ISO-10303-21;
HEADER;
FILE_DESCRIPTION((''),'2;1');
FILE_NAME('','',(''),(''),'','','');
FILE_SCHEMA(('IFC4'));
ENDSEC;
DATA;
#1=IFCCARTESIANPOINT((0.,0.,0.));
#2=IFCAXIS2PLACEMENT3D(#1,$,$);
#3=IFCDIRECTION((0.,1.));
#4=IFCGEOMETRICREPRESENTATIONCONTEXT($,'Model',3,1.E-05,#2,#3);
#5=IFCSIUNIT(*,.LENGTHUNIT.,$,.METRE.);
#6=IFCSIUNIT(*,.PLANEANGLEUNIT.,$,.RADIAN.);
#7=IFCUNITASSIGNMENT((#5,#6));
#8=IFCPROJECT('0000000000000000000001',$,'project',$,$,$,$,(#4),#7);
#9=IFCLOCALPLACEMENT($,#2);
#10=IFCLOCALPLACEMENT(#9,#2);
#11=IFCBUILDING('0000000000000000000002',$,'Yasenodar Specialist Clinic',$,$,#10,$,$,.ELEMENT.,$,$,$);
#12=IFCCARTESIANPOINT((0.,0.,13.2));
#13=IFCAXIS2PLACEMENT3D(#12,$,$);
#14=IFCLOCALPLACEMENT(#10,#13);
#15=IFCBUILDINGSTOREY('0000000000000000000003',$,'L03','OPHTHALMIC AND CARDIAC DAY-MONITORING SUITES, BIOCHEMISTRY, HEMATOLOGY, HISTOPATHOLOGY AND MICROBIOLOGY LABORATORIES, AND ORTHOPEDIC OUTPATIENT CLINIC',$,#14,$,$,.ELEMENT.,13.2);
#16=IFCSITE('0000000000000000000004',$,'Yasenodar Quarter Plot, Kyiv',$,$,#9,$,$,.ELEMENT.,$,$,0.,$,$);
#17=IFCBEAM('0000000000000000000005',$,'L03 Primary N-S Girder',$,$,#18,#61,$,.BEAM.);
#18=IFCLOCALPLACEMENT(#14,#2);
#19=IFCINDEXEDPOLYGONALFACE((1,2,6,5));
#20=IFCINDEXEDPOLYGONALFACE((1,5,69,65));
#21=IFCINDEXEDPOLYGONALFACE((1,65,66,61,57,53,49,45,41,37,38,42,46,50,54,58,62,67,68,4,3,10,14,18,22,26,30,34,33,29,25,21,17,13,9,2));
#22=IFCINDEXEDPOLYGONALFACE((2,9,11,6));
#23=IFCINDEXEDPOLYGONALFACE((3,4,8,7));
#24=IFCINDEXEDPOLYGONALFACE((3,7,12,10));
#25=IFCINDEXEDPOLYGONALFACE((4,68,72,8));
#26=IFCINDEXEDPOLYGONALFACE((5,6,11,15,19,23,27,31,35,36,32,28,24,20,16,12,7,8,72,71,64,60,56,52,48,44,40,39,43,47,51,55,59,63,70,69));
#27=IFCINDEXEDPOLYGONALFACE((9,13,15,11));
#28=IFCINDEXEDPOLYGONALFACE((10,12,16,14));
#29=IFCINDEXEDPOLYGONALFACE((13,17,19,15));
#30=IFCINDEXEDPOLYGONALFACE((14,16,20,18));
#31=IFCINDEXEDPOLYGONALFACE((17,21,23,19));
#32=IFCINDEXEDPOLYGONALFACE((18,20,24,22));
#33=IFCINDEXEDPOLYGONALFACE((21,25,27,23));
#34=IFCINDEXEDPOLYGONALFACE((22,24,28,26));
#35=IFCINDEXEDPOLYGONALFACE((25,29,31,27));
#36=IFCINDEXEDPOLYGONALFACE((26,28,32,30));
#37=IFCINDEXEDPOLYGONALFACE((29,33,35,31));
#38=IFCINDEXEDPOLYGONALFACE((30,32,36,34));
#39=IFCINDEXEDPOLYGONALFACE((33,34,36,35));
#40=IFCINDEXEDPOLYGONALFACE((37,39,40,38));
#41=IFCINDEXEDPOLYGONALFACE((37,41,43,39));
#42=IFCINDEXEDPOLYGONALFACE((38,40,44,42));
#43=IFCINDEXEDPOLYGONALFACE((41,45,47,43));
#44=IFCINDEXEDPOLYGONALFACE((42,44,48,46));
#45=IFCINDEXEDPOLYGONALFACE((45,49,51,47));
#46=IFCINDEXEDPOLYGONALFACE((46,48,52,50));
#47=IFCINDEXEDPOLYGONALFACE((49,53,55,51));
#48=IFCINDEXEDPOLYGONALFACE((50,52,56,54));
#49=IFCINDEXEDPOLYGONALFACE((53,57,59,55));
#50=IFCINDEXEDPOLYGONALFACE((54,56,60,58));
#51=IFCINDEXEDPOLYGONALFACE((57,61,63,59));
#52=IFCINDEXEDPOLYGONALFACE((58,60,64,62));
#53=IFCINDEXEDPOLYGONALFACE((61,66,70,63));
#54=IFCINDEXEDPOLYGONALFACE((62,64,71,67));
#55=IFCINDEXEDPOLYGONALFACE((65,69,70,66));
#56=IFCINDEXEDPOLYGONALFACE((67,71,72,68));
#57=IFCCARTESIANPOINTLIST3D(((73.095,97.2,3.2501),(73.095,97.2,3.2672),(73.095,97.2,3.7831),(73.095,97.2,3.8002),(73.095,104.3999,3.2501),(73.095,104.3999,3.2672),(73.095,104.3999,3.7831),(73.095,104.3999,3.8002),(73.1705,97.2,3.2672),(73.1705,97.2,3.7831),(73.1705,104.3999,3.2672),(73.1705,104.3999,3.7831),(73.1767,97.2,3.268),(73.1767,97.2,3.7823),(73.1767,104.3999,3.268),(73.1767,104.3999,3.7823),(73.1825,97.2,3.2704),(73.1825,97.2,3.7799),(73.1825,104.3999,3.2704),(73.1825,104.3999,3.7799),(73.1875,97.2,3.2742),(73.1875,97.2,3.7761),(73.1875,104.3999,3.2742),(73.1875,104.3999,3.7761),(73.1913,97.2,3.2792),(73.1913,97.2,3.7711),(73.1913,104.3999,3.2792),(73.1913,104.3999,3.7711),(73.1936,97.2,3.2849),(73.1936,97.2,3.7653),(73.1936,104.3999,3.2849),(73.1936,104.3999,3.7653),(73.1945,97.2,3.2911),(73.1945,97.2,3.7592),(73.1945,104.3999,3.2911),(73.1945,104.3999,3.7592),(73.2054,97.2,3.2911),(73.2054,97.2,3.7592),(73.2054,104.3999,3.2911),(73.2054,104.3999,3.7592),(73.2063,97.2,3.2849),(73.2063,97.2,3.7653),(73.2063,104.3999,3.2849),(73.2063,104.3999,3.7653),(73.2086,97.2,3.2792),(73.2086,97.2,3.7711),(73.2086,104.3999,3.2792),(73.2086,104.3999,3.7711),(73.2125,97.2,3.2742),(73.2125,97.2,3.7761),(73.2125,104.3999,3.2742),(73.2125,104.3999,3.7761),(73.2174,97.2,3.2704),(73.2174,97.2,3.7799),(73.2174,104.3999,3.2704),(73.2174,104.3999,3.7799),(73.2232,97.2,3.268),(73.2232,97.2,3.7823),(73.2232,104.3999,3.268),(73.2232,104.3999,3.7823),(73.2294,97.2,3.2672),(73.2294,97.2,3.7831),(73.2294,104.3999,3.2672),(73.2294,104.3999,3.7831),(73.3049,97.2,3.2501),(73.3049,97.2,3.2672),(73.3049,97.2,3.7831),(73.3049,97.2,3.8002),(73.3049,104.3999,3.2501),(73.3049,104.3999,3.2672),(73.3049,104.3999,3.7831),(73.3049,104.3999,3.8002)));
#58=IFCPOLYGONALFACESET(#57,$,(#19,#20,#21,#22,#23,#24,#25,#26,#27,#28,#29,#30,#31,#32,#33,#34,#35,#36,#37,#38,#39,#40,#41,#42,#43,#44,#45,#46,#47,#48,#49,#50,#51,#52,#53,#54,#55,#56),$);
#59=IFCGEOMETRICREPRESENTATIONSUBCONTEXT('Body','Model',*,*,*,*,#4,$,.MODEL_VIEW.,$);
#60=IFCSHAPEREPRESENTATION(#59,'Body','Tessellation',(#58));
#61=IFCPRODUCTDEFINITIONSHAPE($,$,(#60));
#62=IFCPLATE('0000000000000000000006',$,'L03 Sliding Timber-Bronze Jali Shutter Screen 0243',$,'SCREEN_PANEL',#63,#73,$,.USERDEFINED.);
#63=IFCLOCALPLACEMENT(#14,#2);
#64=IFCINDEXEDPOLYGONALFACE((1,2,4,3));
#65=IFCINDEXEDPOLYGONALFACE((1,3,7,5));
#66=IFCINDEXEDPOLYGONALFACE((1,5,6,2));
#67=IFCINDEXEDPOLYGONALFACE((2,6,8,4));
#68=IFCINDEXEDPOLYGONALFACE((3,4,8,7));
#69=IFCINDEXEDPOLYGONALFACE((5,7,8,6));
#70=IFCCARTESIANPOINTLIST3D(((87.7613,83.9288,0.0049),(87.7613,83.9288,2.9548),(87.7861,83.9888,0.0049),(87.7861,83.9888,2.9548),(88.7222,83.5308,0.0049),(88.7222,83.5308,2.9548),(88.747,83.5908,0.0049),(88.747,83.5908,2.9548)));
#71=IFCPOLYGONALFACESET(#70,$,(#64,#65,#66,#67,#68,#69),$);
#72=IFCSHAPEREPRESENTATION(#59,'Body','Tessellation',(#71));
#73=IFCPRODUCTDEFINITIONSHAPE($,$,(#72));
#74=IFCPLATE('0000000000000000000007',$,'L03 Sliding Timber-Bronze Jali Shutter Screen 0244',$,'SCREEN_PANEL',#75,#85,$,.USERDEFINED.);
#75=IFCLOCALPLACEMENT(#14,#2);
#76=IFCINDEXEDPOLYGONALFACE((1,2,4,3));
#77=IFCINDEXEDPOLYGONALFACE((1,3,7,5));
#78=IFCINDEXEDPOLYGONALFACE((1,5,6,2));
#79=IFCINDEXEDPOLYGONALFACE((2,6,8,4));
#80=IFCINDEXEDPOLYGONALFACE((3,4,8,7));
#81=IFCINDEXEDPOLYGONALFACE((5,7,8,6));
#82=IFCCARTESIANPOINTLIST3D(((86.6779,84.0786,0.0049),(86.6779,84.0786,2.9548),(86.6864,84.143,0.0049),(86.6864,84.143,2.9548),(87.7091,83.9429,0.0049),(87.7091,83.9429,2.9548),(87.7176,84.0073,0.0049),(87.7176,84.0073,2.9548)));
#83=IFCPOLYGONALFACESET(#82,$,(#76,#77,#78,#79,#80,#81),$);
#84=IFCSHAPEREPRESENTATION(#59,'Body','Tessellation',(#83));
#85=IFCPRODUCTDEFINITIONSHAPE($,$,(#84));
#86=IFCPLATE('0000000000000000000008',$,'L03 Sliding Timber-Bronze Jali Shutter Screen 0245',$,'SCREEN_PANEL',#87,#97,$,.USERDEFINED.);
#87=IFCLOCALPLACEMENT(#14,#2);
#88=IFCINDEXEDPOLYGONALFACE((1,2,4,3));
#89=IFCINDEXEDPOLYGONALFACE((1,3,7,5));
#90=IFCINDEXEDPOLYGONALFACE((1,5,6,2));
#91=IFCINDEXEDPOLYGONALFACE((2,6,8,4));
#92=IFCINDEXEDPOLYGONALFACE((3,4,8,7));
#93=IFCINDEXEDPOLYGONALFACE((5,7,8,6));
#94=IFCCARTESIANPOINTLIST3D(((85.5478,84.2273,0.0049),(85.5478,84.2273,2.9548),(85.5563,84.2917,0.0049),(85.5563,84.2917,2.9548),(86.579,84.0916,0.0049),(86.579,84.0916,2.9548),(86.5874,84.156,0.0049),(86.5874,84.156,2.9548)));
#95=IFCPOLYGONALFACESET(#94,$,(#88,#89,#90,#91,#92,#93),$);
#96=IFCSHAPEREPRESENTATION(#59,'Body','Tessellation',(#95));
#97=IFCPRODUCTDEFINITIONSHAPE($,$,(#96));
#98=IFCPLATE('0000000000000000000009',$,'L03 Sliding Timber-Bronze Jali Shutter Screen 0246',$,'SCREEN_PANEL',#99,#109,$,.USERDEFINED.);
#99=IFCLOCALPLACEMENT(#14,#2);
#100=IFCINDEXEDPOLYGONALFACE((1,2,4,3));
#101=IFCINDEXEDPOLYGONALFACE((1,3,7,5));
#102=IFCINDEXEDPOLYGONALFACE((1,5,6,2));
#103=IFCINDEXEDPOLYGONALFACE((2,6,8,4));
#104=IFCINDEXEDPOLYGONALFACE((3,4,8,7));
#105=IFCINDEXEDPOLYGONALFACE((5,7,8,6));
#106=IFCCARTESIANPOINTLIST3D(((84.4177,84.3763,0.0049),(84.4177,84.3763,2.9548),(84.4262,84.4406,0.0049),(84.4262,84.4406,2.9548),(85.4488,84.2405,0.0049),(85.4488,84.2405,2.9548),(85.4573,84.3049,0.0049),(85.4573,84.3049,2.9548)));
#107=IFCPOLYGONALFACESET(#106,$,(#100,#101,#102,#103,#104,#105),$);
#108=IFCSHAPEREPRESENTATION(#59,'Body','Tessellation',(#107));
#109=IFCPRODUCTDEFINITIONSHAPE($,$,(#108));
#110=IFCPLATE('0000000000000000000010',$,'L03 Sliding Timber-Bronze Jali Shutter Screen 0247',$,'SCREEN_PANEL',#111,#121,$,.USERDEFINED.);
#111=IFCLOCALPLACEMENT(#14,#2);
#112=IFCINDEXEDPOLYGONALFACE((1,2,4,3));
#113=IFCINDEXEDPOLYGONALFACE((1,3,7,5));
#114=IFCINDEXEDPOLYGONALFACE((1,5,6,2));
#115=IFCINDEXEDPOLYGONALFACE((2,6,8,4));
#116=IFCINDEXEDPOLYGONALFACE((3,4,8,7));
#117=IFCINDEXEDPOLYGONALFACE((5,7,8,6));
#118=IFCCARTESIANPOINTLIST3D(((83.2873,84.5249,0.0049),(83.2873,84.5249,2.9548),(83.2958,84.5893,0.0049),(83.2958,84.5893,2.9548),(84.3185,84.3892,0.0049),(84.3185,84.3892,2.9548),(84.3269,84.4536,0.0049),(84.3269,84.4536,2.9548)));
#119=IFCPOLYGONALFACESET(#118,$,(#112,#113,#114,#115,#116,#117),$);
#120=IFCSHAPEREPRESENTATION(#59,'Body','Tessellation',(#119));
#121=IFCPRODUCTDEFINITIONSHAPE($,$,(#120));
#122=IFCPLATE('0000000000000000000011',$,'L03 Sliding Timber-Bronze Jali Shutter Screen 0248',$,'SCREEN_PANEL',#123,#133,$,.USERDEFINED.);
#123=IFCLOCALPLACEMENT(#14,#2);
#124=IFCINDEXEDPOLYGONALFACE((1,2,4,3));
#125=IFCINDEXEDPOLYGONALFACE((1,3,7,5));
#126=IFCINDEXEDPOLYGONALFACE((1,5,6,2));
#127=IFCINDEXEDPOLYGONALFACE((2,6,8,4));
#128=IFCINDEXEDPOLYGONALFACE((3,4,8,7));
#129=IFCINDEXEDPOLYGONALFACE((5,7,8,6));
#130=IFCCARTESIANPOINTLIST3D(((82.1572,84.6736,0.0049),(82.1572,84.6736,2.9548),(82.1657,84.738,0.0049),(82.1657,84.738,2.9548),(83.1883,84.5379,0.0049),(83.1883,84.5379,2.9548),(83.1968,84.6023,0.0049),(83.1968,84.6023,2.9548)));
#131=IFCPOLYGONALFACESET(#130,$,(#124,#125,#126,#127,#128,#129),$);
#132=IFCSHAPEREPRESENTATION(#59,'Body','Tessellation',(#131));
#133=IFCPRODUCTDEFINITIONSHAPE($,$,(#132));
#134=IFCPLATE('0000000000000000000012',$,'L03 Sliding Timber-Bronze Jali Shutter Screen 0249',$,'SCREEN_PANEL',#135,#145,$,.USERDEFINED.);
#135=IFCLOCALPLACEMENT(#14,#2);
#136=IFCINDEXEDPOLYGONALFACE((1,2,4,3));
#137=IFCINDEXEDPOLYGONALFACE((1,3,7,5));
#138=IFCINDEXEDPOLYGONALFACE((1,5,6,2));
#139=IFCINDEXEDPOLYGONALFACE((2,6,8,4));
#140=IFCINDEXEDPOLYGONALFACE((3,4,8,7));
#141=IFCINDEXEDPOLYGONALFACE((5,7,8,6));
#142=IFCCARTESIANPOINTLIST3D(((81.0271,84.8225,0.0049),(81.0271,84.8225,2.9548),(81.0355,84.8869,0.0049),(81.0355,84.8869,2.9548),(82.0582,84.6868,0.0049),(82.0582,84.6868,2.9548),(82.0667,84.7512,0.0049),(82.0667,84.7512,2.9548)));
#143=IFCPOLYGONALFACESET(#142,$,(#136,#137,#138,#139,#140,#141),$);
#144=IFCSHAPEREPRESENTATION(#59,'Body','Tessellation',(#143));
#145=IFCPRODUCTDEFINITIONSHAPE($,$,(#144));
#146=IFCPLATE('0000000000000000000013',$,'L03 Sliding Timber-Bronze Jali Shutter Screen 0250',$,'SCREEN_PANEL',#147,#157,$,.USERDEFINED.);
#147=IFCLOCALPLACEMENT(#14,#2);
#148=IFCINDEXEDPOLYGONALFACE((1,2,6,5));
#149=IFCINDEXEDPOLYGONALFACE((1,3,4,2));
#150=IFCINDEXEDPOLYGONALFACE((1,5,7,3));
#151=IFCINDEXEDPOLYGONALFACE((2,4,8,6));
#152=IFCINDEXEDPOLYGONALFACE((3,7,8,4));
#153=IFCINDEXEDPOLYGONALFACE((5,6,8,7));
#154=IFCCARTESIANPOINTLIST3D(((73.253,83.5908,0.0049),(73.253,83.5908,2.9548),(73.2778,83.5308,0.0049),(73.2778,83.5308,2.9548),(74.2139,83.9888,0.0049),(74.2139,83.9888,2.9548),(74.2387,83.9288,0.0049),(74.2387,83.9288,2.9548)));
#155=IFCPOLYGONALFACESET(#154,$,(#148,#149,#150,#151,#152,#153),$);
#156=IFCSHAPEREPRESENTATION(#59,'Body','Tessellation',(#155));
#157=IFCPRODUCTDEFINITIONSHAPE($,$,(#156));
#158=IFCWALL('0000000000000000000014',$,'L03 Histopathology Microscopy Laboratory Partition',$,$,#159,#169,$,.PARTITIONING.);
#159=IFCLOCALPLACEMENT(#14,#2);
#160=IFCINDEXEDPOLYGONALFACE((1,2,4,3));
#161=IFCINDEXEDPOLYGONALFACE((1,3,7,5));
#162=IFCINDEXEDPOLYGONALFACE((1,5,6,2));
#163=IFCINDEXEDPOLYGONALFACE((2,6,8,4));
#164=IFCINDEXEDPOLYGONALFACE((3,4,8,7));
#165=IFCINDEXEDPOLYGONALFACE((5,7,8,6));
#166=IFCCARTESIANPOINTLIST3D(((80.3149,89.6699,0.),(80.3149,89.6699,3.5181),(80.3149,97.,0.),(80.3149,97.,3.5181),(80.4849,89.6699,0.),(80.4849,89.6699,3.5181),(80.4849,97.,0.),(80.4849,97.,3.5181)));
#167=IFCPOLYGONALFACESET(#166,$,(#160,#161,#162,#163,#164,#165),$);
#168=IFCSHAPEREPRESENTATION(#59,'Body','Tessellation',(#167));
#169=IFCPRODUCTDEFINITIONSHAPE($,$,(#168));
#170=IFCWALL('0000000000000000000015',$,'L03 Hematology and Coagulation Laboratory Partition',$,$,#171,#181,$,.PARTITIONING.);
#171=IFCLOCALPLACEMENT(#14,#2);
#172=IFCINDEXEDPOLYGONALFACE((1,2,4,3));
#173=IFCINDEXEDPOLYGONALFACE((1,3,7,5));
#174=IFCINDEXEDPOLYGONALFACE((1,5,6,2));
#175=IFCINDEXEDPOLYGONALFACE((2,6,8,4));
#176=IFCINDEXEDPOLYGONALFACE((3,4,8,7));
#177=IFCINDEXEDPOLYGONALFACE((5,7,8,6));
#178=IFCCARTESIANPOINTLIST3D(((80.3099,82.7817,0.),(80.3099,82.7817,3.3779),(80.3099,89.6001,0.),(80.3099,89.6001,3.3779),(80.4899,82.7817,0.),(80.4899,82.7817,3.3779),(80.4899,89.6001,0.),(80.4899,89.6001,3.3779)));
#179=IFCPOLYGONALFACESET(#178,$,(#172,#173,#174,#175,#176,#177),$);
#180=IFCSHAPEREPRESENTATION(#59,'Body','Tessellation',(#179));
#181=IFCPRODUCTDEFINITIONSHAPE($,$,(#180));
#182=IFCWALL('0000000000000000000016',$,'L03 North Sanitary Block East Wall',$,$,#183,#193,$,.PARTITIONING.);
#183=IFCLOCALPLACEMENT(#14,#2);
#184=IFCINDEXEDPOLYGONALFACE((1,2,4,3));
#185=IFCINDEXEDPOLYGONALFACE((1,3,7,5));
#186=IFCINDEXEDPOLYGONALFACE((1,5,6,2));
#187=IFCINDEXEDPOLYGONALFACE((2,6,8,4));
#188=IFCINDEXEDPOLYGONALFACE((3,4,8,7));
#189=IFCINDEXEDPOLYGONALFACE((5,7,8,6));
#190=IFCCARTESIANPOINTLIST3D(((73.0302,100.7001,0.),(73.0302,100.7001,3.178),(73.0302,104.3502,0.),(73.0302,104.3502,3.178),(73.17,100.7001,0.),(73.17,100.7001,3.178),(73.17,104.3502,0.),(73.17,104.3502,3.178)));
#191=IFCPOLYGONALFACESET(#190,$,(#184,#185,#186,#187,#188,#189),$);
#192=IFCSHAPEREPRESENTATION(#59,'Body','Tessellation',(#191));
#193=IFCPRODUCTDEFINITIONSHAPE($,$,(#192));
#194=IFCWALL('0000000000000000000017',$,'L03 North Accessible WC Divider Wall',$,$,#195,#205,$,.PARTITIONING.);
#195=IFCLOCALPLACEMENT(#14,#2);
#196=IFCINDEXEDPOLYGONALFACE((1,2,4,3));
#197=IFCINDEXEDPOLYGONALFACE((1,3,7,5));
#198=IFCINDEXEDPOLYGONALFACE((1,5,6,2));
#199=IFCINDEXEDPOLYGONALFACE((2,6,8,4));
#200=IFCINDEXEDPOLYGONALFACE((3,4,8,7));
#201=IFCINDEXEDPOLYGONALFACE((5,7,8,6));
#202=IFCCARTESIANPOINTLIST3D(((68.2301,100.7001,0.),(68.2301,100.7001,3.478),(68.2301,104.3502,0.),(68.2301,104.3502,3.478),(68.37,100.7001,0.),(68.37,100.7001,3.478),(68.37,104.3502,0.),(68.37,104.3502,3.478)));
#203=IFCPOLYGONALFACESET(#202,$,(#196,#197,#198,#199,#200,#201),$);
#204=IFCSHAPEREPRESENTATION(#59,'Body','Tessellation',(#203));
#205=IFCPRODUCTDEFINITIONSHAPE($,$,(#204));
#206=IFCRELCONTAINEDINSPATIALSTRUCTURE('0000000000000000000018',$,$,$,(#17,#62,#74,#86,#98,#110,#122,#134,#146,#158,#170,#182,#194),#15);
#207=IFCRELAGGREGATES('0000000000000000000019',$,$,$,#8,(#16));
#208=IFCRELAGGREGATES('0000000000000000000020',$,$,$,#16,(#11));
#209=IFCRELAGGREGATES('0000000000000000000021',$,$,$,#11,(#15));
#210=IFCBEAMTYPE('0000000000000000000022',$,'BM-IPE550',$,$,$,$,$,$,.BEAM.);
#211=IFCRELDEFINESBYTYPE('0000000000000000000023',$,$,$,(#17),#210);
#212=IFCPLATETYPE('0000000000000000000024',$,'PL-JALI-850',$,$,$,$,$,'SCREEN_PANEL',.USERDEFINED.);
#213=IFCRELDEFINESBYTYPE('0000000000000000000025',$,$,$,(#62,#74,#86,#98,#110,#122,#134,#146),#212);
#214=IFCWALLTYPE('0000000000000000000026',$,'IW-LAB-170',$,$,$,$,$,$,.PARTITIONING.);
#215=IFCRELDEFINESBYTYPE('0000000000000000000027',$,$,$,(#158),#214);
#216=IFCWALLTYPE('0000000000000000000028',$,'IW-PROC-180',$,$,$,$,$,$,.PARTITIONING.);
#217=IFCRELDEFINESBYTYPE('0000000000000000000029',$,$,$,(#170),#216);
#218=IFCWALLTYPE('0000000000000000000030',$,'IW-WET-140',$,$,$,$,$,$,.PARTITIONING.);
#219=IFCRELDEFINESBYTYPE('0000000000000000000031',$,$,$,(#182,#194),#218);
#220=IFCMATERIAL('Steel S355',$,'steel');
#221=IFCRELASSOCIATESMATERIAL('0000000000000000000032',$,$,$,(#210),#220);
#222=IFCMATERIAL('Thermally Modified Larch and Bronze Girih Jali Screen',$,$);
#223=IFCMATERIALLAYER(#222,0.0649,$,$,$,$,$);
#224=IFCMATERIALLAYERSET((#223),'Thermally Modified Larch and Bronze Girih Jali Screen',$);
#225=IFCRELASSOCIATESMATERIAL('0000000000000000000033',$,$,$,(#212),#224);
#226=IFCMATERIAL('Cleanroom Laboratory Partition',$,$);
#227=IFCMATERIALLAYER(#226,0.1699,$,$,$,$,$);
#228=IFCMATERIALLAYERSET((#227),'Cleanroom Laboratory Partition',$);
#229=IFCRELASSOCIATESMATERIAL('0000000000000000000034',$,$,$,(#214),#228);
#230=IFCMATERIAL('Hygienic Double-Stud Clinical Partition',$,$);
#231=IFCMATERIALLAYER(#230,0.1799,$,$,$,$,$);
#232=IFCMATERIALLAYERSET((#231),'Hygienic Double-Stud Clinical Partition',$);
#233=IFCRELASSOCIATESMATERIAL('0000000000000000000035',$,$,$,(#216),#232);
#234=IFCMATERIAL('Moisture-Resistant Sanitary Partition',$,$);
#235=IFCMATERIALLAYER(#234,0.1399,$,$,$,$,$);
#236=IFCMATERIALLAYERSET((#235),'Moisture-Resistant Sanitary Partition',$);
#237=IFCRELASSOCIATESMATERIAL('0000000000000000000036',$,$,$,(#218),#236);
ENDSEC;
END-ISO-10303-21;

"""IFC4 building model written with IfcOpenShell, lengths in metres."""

from ifc_helpers import new_model, si_unit, direction, frame, frame_2d, origin, origin_2d, place, context, subcontext, project, spatial, rectangle, i_section, extrude, material, layer, layer_set, material_profile, profile_set, type_object, element, save


model = new_model("IFC4")

# Units and contexts
model_context = context("Model", 3, precision=1e-05, world=origin(), true_north=direction((0.0, 1.0)))
body_context = subcontext(model_context, "Body", "Model", "MODEL_VIEW")
ifc_project = project(units=[si_unit("LENGTHUNIT", "METRE"), si_unit("PLANEANGLEUNIT", "RADIAN")], contexts=[model_context])

# Site, building, storey
site_placement = place(None, origin())
site = spatial("IfcSite", under=ifc_project, at=site_placement, Name="Yasenodar Quarter Plot, Kyiv", CompositionType="ELEMENT", RefElevation=0.0)
building_placement = place(site_placement, origin())
building = spatial("IfcBuilding", under=site, at=building_placement, Name="Yasenodar Specialist Clinic", CompositionType="ELEMENT")
storey_placement = place(building_placement, frame((0.0, 0.0, 13.2)))
storey = spatial("IfcBuildingStorey", under=building, at=storey_placement, Name="L03", Description="OPHTHALMIC AND CARDIAC DAY-MONITORING SUITES, BIOCHEMISTRY, HEMATOLOGY, HISTOPATHOLOGY AND MICROBIOLOGY LABORATORIES, AND ORTHOPEDIC OUTPATIENT CLINIC", CompositionType="ELEMENT", Elevation=13.2)

# Shared definitions
ifc_material_1 = material(Name="Steel S355", Category="steel")

# Beam
ifc_material_profile_1 = material_profile(ifc_material_1, i_section(OverallWidth=0.21, OverallDepth=0.55, WebThickness=0.011, FlangeThickness=0.0171, FilletRadius=0.0239, at=origin_2d()), Name="IPE 550")
ifc_profile_set_1 = profile_set([ifc_material_profile_1], Name="Steel S355")
beam_type_1 = type_object("IfcBeamType", Name="BM-IPE550", PredefinedType="BEAM", material=ifc_profile_set_1)
beam_1_placement = place(storey_placement, frame((73.2, 97.2, 3.5251), z_axis=(0.0, 1.0, 0.0), x_axis=(-1.0, 0.0, 0.0)))
element("IfcBeam", 1, at=beam_1_placement, inside=storey, type_object=beam_type_1, Name="L03 Primary N-S Girder", PredefinedType="BEAM", context=body_context, shape_type="SweptSolid", body=[
    extrude(i_section(OverallWidth=0.21, OverallDepth=0.55, WebThickness=0.011, FlangeThickness=0.0171, FilletRadius=0.0239, at=origin_2d()), origin(), (0.0, 0.0, 1.0), 7.2),
])

# Plates
ifc_material_2 = material(Name="Thermally Modified Larch and Bronze Girih Jali Screen")
ifc_layer_1 = layer(ifc_material_2, 0.0649)
ifc_layer_set_1 = layer_set([ifc_layer_1], Name="Thermally Modified Larch and Bronze Girih Jali Screen")
plate_type = type_object("IfcPlateType", Name="PL-JALI-850", ElementType="SCREEN_PANEL", PredefinedType="USERDEFINED", material=ifc_layer_set_1)
for number, where, z_axis, x_axis, name in (
    (2, (88.2542, 83.7598, 0.0049), (0.0, 0.0, 1.0), (-0.923878, 0.382687, 0.0), "L03 Sliding Timber-Bronze Jali Shutter Screen 0243"),
    (3, (87.1978, 84.043, 0.0049), (0.0, 0.0, 1.0), (-0.991446, 0.130519, 0.0), "L03 Sliding Timber-Bronze Jali Shutter Screen 0244"),
    (4, (86.0676, 84.1917, 0.0049), (0.0, 0.0, 1.0), (-0.991446, 0.130519, 0.0), "L03 Sliding Timber-Bronze Jali Shutter Screen 0245"),
    (5, (84.9375, 84.3406, 0.0049), (0.0, 0.0, 1.0), (-0.991446, 0.130519, 0.0), "L03 Sliding Timber-Bronze Jali Shutter Screen 0246"),
    (6, (83.8071, 84.4893, 0.0049), (0.0, 0.0, 1.0), (-0.991446, 0.130519, 0.0), "L03 Sliding Timber-Bronze Jali Shutter Screen 0247"),
    (7, (82.677, 84.6379, 0.0049), (0.0, 0.0, 1.0), (-0.991446, 0.130519, 0.0), "L03 Sliding Timber-Bronze Jali Shutter Screen 0248"),
    (8, (81.5469, 84.7869, 0.0049), (0.0, 0.0, 1.0), (-0.991446, 0.130519, 0.0), "L03 Sliding Timber-Bronze Jali Shutter Screen 0249"),
    (9, (73.7458, 83.7598, 0.0049), (0.0, 0.0, 1.0), (-0.923878, -0.382687, 0.0), "L03 Sliding Timber-Bronze Jali Shutter Screen 0250"),
):
    element("IfcPlate", number, at=place(storey_placement, frame(where, z_axis=z_axis, x_axis=x_axis)), inside=storey, type_object=plate_type, Name=name, ObjectType="SCREEN_PANEL", PredefinedType="USERDEFINED", context=body_context, shape_type="SweptSolid", body=[
        extrude(rectangle(XDim=1.04, YDim=0.0649, at=origin_2d()), origin(), (0.0, 0.0, 1.0), 2.95),
    ])

# Walls
ifc_material_3 = material(Name="Cleanroom Laboratory Partition")
ifc_layer_2 = layer(ifc_material_3, 0.1699)
ifc_layer_set_2 = layer_set([ifc_layer_2], Name="Cleanroom Laboratory Partition")
wall_type_1 = type_object("IfcWallType", Name="IW-LAB-170", PredefinedType="PARTITIONING", material=ifc_layer_set_2)
wall_1_placement = place(storey_placement, frame((80.3999, 97.0, 0.0), z_axis=(0.0, 0.0, 1.0), x_axis=(0.0, -1.0, 0.0)))
element("IfcWall", 10, at=wall_1_placement, inside=storey, type_object=wall_type_1, Name="L03 Histopathology Microscopy Laboratory Partition", PredefinedType="PARTITIONING", context=body_context, shape_type="SweptSolid", body=[
    extrude(rectangle(XDim=7.3301, YDim=0.1699, at=frame_2d((3.665, 0.0))), origin(), (0.0, 0.0, 1.0), 3.5181),
])
ifc_material_4 = material(Name="Hygienic Double-Stud Clinical Partition")
ifc_layer_3 = layer(ifc_material_4, 0.1799)
ifc_layer_set_3 = layer_set([ifc_layer_3], Name="Hygienic Double-Stud Clinical Partition")
wall_type_2 = type_object("IfcWallType", Name="IW-PROC-180", PredefinedType="PARTITIONING", material=ifc_layer_set_3)
wall_2_placement = place(storey_placement, frame((80.3999, 89.6001, 0.0), z_axis=(0.0, 0.0, 1.0), x_axis=(0.0, -1.0, 0.0)))
element("IfcWall", 11, at=wall_2_placement, inside=storey, type_object=wall_type_2, Name="L03 Hematology and Coagulation Laboratory Partition", PredefinedType="PARTITIONING", context=body_context, shape_type="SweptSolid", body=[
    extrude(rectangle(XDim=6.8184, YDim=0.1799, at=frame_2d((3.4092, 0.0))), origin(), (0.0, 0.0, 1.0), 3.3779),
])
ifc_material_5 = material(Name="Moisture-Resistant Sanitary Partition")
ifc_layer_4 = layer(ifc_material_5, 0.1399)
ifc_layer_set_4 = layer_set([ifc_layer_4], Name="Moisture-Resistant Sanitary Partition")
wall_type_3 = type_object("IfcWallType", Name="IW-WET-140", PredefinedType="PARTITIONING", material=ifc_layer_set_4)
wall_3_placement = place(storey_placement, frame((73.1001, 100.7, 0.0), z_axis=(0.0, 0.0, 1.0), x_axis=(0.0, 1.0, 0.0)))
element("IfcWall", 12, at=wall_3_placement, inside=storey, type_object=wall_type_3, Name="L03 North Sanitary Block East Wall", PredefinedType="PARTITIONING", context=body_context, shape_type="SweptSolid", body=[
    extrude(rectangle(XDim=3.6501, YDim=0.1399, at=frame_2d((1.8252, 0.0))), origin(), (0.0, 0.0, 1.0), 3.178),
])
for number, where, z_axis, x_axis, name in (
    (13, (68.3, 100.7, 0.0), (0.0, 0.0, 1.0), (0.0, 1.0, 0.0), "L03 North Accessible WC Divider Wall"),
):
    element("IfcWall", number, at=place(storey_placement, frame(where, z_axis=z_axis, x_axis=x_axis)), inside=storey, type_object=wall_type_3, Name=name, PredefinedType="PARTITIONING", context=body_context, shape_type="SweptSolid", body=[
        extrude(rectangle(XDim=3.6501, YDim=0.1399, at=frame_2d((1.8252, 0.0))), origin(), (0.0, 0.0, 1.0), 3.478),
    ])

save(model, "model.ifc")
